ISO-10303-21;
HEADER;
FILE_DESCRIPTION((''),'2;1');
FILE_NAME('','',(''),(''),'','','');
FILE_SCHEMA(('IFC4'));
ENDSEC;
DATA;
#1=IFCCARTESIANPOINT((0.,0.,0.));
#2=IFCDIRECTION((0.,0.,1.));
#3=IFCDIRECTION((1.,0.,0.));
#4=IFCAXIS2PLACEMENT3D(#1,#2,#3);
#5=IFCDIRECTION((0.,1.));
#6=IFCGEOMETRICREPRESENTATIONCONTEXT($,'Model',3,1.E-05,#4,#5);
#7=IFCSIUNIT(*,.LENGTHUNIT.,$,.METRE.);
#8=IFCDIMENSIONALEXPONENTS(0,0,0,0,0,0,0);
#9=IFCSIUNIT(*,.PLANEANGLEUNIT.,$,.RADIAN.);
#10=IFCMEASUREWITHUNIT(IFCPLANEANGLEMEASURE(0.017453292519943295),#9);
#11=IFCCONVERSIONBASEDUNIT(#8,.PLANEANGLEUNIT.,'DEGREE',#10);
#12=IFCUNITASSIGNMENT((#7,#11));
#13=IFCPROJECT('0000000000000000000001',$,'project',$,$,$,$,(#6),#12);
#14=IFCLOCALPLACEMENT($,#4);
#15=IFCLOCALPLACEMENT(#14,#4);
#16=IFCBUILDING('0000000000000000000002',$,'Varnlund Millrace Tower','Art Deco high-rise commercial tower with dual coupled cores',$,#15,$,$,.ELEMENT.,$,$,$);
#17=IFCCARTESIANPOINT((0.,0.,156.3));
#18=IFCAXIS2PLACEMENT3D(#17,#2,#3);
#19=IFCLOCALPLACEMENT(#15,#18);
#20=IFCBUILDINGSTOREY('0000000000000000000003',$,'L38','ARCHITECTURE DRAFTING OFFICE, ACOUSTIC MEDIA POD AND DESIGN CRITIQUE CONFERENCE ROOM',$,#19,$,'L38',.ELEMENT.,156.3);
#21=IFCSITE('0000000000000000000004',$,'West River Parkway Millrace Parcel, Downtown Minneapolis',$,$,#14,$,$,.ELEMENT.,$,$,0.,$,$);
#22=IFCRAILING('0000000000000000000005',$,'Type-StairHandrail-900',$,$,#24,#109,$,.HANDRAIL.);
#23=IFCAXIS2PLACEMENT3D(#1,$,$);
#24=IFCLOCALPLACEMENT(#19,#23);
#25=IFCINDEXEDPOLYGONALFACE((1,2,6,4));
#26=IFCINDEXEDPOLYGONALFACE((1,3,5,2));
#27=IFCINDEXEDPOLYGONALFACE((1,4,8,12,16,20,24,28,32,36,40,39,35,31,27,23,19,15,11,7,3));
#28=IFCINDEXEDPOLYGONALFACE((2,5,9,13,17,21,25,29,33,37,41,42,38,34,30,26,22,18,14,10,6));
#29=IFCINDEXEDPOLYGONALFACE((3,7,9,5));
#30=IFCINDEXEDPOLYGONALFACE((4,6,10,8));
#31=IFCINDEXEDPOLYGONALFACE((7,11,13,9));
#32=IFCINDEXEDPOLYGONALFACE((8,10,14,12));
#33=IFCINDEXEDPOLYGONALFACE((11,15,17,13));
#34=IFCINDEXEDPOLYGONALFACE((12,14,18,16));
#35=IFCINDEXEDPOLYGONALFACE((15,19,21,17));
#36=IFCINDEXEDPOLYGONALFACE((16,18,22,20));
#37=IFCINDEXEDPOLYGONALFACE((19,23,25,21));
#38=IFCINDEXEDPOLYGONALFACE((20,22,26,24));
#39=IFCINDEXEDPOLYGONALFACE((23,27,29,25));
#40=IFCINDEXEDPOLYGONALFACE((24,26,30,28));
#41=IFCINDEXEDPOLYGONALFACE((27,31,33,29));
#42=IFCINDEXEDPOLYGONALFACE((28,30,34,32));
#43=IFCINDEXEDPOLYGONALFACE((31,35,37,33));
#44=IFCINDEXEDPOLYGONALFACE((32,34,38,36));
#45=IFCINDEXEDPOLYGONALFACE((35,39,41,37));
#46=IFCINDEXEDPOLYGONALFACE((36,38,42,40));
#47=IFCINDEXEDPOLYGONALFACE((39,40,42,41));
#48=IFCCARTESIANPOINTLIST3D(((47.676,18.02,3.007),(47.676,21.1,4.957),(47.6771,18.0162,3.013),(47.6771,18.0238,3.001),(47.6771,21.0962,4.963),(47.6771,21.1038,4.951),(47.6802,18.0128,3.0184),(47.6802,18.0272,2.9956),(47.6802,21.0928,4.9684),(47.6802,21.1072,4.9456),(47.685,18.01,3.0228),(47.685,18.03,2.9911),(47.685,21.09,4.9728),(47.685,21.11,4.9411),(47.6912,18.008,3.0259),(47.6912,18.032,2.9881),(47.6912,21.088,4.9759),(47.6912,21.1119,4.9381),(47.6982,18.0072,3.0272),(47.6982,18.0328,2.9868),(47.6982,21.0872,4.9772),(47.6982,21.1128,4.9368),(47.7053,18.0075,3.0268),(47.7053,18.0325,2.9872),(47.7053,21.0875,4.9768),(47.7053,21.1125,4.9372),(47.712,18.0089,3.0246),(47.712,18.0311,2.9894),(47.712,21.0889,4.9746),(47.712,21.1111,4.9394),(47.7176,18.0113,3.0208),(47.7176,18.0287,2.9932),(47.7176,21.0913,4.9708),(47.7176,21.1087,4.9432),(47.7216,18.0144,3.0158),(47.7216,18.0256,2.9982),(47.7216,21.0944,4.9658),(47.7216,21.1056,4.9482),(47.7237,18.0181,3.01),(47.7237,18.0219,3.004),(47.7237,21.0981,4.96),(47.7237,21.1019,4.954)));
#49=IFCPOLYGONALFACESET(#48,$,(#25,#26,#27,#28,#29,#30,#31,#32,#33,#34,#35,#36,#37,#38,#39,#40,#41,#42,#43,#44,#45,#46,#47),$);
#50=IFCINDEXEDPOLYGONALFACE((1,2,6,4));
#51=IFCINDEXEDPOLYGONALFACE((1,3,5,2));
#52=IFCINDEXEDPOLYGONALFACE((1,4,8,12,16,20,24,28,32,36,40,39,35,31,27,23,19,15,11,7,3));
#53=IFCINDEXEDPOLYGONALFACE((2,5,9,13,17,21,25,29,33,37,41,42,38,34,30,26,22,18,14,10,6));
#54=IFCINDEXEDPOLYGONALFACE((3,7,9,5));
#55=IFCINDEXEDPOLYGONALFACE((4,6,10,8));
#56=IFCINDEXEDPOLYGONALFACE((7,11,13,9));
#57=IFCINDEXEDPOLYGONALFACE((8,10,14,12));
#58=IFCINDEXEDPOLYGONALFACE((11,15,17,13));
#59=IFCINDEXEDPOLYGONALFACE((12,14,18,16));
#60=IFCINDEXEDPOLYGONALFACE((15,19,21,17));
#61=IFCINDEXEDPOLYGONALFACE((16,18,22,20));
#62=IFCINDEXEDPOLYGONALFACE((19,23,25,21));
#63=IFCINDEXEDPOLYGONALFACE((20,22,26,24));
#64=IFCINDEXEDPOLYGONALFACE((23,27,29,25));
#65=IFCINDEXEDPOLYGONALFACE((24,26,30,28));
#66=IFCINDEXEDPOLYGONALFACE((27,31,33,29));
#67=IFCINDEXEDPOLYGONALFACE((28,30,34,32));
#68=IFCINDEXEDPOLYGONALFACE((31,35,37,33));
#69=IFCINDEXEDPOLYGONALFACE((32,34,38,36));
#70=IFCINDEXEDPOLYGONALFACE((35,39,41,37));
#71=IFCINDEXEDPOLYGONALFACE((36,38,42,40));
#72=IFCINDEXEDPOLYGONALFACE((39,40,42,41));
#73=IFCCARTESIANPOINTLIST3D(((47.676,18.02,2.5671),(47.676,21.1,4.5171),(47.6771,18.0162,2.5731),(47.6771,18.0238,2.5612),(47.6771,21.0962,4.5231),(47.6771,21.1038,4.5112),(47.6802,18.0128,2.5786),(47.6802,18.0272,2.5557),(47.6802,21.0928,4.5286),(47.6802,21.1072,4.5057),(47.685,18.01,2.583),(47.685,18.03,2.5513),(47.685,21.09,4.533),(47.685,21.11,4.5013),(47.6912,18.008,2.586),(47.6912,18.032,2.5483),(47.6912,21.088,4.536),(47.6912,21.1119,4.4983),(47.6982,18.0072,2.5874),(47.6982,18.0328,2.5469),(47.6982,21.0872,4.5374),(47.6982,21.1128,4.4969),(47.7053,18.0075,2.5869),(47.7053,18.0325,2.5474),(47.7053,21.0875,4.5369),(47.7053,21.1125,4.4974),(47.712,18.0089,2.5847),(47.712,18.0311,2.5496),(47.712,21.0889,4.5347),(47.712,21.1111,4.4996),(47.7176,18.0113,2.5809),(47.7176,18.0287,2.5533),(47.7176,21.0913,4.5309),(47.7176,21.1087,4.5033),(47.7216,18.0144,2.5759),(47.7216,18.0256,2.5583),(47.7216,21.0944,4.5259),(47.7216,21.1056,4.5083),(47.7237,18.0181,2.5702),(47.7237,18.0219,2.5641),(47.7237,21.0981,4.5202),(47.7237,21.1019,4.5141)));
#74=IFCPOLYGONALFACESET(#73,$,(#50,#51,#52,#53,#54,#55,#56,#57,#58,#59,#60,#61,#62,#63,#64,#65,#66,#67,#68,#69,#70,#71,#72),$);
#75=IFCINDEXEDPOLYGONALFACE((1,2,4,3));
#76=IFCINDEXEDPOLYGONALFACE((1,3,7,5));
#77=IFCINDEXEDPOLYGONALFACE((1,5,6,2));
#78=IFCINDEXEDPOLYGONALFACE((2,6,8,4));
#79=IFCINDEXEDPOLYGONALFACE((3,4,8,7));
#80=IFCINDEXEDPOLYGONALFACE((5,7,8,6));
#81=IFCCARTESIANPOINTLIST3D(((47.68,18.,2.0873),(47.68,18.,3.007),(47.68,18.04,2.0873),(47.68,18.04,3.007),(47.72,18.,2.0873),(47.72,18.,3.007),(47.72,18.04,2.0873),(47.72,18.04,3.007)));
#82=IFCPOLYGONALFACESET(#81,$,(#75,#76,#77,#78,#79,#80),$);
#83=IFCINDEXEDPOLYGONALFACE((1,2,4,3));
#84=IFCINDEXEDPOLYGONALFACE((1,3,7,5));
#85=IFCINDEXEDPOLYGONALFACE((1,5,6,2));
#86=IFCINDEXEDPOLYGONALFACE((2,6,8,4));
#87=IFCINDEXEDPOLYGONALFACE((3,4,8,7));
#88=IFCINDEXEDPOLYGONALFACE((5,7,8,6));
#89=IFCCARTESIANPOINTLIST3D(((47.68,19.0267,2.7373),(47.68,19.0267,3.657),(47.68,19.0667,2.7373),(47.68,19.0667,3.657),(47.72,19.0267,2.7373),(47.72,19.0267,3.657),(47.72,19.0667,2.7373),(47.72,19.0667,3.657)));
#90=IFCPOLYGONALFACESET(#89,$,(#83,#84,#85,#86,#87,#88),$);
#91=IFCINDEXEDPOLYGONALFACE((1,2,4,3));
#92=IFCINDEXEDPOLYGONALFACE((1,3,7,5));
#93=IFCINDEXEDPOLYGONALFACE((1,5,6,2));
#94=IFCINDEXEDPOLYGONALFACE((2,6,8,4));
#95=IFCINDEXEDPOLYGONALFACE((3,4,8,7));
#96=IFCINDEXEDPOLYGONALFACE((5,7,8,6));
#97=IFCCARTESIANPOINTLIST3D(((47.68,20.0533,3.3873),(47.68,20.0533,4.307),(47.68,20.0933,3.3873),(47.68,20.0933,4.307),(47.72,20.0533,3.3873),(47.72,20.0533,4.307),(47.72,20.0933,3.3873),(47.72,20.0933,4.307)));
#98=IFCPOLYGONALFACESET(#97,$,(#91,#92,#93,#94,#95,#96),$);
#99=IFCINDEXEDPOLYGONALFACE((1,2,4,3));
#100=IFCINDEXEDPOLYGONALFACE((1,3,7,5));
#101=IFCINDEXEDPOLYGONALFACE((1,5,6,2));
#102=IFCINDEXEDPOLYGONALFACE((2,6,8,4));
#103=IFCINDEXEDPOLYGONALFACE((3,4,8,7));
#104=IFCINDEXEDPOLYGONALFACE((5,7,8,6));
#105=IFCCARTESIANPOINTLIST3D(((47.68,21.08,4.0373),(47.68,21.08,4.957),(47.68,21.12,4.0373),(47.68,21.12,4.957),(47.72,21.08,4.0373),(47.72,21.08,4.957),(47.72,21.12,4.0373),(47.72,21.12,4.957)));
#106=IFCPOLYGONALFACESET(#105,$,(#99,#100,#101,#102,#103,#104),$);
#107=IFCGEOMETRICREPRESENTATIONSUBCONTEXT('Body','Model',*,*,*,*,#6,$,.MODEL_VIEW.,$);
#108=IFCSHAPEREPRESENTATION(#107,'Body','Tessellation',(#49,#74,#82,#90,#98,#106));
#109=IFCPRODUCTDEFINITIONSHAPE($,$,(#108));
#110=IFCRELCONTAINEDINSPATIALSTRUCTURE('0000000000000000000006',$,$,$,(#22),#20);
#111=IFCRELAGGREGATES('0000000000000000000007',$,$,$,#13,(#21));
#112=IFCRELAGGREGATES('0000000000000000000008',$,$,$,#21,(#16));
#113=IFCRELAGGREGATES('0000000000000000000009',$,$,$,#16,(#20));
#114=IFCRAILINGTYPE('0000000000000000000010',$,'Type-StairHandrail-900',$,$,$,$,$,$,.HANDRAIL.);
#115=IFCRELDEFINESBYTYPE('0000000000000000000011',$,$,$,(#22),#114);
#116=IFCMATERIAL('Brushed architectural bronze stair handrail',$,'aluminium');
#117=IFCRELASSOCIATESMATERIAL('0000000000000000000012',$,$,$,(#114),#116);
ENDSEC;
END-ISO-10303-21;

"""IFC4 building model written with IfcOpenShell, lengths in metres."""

from ifc_helpers import new_model, entity, si_unit, converted_unit, direction, frame, origin_with_axes, origin_2d_with_axis, place, context, subcontext, project, spatial, rectangle, circle, extrude, material, type_object, element, save


model = new_model("IFC4")

# Units and contexts
model_context = context("Model", 3, precision=1e-05, world=origin_with_axes(), true_north=direction((0.0, 1.0)))
body_context = subcontext(model_context, "Body", "Model", "MODEL_VIEW")
ifc_project = project(units=[si_unit("LENGTHUNIT", "METRE"), converted_unit("PLANEANGLEUNIT", "DEGREE", entity("IfcPlaneAngleMeasure", 0.017453292519943295), si_unit("PLANEANGLEUNIT", "RADIAN"), dimensions=[0, 0, 0, 0, 0, 0, 0])], contexts=[model_context])

# Site, building, storey
site_placement = place(None, origin_with_axes())
site = spatial("IfcSite", under=ifc_project, at=site_placement, Name="West River Parkway Millrace Parcel, Downtown Minneapolis", CompositionType="ELEMENT", RefElevation=0.0)
building_placement = place(site_placement, origin_with_axes())
building = spatial("IfcBuilding", under=site, at=building_placement, Name="Varnlund Millrace Tower", Description="Art Deco high-rise commercial tower with dual coupled cores", CompositionType="ELEMENT")
storey_placement = place(building_placement, frame((0.0, 0.0, 156.3), z_axis=(0.0, 0.0, 1.0), x_axis=(1.0, 0.0, 0.0)))
storey = spatial("IfcBuildingStorey", under=building, at=storey_placement, Name="L38", Description="ARCHITECTURE DRAFTING OFFICE, ACOUSTIC MEDIA POD AND DESIGN CRITIQUE CONFERENCE ROOM", LongName="L38", CompositionType="ELEMENT", Elevation=156.3)

# Railing
ifc_material_1 = material(Name="Brushed architectural bronze stair handrail", Category="aluminium")
railing_type_1 = type_object("IfcRailingType", Name="Type-StairHandrail-900", PredefinedType="HANDRAIL", material=ifc_material_1)
railing_1_placement = place(storey_placement, frame((0.0, 0.0, -156.3), z_axis=(0.0, 0.0, 1.0), x_axis=(1.0, 0.0, 0.0)))
element("IfcRailing", 1, at=railing_1_placement, inside=storey, type_object=railing_type_1, Name="Type-StairHandrail-900", PredefinedType="HANDRAIL", context=body_context, shape_type="SweptSolid", body=[
    extrude(circle(Radius=0.024, at=origin_2d_with_axis()), frame((47.7, 18.02, 159.307), z_axis=(0.0, 0.844902, 0.534922), x_axis=(-1.0, 0.0, 0.0)), (0.0, 0.0, 1.0), 3.6454),
    extrude(circle(Radius=0.024, at=origin_2d_with_axis()), frame((47.7, 18.02, 158.8671), z_axis=(0.0, 0.844902, 0.534922), x_axis=(-1.0, 0.0, 0.0)), (0.0, 0.0, 1.0), 3.6454),
    extrude(rectangle(XDim=0.04, YDim=0.04, at=origin_2d_with_axis()), frame((47.7, 18.02, 158.3873), z_axis=(0.0, 0.0, 1.0), x_axis=(1.0, 0.0, 0.0)), (0.0, 0.0, 1.0), 0.9197),
    extrude(rectangle(XDim=0.04, YDim=0.04, at=origin_2d_with_axis()), frame((47.7, 19.0467, 159.0373), z_axis=(0.0, 0.0, 1.0), x_axis=(1.0, 0.0, 0.0)), (0.0, 0.0, 1.0), 0.9197),
    extrude(rectangle(XDim=0.04, YDim=0.04, at=origin_2d_with_axis()), frame((47.7, 20.0733, 159.6873), z_axis=(0.0, 0.0, 1.0), x_axis=(1.0, 0.0, 0.0)), (0.0, 0.0, 1.0), 0.9197),
    extrude(rectangle(XDim=0.04, YDim=0.04, at=origin_2d_with_axis()), frame((47.7, 21.1, 160.3373), z_axis=(0.0, 0.0, 1.0), x_axis=(1.0, 0.0, 0.0)), (0.0, 0.0, 1.0), 0.9197),
])

save(model, "model.ifc")
